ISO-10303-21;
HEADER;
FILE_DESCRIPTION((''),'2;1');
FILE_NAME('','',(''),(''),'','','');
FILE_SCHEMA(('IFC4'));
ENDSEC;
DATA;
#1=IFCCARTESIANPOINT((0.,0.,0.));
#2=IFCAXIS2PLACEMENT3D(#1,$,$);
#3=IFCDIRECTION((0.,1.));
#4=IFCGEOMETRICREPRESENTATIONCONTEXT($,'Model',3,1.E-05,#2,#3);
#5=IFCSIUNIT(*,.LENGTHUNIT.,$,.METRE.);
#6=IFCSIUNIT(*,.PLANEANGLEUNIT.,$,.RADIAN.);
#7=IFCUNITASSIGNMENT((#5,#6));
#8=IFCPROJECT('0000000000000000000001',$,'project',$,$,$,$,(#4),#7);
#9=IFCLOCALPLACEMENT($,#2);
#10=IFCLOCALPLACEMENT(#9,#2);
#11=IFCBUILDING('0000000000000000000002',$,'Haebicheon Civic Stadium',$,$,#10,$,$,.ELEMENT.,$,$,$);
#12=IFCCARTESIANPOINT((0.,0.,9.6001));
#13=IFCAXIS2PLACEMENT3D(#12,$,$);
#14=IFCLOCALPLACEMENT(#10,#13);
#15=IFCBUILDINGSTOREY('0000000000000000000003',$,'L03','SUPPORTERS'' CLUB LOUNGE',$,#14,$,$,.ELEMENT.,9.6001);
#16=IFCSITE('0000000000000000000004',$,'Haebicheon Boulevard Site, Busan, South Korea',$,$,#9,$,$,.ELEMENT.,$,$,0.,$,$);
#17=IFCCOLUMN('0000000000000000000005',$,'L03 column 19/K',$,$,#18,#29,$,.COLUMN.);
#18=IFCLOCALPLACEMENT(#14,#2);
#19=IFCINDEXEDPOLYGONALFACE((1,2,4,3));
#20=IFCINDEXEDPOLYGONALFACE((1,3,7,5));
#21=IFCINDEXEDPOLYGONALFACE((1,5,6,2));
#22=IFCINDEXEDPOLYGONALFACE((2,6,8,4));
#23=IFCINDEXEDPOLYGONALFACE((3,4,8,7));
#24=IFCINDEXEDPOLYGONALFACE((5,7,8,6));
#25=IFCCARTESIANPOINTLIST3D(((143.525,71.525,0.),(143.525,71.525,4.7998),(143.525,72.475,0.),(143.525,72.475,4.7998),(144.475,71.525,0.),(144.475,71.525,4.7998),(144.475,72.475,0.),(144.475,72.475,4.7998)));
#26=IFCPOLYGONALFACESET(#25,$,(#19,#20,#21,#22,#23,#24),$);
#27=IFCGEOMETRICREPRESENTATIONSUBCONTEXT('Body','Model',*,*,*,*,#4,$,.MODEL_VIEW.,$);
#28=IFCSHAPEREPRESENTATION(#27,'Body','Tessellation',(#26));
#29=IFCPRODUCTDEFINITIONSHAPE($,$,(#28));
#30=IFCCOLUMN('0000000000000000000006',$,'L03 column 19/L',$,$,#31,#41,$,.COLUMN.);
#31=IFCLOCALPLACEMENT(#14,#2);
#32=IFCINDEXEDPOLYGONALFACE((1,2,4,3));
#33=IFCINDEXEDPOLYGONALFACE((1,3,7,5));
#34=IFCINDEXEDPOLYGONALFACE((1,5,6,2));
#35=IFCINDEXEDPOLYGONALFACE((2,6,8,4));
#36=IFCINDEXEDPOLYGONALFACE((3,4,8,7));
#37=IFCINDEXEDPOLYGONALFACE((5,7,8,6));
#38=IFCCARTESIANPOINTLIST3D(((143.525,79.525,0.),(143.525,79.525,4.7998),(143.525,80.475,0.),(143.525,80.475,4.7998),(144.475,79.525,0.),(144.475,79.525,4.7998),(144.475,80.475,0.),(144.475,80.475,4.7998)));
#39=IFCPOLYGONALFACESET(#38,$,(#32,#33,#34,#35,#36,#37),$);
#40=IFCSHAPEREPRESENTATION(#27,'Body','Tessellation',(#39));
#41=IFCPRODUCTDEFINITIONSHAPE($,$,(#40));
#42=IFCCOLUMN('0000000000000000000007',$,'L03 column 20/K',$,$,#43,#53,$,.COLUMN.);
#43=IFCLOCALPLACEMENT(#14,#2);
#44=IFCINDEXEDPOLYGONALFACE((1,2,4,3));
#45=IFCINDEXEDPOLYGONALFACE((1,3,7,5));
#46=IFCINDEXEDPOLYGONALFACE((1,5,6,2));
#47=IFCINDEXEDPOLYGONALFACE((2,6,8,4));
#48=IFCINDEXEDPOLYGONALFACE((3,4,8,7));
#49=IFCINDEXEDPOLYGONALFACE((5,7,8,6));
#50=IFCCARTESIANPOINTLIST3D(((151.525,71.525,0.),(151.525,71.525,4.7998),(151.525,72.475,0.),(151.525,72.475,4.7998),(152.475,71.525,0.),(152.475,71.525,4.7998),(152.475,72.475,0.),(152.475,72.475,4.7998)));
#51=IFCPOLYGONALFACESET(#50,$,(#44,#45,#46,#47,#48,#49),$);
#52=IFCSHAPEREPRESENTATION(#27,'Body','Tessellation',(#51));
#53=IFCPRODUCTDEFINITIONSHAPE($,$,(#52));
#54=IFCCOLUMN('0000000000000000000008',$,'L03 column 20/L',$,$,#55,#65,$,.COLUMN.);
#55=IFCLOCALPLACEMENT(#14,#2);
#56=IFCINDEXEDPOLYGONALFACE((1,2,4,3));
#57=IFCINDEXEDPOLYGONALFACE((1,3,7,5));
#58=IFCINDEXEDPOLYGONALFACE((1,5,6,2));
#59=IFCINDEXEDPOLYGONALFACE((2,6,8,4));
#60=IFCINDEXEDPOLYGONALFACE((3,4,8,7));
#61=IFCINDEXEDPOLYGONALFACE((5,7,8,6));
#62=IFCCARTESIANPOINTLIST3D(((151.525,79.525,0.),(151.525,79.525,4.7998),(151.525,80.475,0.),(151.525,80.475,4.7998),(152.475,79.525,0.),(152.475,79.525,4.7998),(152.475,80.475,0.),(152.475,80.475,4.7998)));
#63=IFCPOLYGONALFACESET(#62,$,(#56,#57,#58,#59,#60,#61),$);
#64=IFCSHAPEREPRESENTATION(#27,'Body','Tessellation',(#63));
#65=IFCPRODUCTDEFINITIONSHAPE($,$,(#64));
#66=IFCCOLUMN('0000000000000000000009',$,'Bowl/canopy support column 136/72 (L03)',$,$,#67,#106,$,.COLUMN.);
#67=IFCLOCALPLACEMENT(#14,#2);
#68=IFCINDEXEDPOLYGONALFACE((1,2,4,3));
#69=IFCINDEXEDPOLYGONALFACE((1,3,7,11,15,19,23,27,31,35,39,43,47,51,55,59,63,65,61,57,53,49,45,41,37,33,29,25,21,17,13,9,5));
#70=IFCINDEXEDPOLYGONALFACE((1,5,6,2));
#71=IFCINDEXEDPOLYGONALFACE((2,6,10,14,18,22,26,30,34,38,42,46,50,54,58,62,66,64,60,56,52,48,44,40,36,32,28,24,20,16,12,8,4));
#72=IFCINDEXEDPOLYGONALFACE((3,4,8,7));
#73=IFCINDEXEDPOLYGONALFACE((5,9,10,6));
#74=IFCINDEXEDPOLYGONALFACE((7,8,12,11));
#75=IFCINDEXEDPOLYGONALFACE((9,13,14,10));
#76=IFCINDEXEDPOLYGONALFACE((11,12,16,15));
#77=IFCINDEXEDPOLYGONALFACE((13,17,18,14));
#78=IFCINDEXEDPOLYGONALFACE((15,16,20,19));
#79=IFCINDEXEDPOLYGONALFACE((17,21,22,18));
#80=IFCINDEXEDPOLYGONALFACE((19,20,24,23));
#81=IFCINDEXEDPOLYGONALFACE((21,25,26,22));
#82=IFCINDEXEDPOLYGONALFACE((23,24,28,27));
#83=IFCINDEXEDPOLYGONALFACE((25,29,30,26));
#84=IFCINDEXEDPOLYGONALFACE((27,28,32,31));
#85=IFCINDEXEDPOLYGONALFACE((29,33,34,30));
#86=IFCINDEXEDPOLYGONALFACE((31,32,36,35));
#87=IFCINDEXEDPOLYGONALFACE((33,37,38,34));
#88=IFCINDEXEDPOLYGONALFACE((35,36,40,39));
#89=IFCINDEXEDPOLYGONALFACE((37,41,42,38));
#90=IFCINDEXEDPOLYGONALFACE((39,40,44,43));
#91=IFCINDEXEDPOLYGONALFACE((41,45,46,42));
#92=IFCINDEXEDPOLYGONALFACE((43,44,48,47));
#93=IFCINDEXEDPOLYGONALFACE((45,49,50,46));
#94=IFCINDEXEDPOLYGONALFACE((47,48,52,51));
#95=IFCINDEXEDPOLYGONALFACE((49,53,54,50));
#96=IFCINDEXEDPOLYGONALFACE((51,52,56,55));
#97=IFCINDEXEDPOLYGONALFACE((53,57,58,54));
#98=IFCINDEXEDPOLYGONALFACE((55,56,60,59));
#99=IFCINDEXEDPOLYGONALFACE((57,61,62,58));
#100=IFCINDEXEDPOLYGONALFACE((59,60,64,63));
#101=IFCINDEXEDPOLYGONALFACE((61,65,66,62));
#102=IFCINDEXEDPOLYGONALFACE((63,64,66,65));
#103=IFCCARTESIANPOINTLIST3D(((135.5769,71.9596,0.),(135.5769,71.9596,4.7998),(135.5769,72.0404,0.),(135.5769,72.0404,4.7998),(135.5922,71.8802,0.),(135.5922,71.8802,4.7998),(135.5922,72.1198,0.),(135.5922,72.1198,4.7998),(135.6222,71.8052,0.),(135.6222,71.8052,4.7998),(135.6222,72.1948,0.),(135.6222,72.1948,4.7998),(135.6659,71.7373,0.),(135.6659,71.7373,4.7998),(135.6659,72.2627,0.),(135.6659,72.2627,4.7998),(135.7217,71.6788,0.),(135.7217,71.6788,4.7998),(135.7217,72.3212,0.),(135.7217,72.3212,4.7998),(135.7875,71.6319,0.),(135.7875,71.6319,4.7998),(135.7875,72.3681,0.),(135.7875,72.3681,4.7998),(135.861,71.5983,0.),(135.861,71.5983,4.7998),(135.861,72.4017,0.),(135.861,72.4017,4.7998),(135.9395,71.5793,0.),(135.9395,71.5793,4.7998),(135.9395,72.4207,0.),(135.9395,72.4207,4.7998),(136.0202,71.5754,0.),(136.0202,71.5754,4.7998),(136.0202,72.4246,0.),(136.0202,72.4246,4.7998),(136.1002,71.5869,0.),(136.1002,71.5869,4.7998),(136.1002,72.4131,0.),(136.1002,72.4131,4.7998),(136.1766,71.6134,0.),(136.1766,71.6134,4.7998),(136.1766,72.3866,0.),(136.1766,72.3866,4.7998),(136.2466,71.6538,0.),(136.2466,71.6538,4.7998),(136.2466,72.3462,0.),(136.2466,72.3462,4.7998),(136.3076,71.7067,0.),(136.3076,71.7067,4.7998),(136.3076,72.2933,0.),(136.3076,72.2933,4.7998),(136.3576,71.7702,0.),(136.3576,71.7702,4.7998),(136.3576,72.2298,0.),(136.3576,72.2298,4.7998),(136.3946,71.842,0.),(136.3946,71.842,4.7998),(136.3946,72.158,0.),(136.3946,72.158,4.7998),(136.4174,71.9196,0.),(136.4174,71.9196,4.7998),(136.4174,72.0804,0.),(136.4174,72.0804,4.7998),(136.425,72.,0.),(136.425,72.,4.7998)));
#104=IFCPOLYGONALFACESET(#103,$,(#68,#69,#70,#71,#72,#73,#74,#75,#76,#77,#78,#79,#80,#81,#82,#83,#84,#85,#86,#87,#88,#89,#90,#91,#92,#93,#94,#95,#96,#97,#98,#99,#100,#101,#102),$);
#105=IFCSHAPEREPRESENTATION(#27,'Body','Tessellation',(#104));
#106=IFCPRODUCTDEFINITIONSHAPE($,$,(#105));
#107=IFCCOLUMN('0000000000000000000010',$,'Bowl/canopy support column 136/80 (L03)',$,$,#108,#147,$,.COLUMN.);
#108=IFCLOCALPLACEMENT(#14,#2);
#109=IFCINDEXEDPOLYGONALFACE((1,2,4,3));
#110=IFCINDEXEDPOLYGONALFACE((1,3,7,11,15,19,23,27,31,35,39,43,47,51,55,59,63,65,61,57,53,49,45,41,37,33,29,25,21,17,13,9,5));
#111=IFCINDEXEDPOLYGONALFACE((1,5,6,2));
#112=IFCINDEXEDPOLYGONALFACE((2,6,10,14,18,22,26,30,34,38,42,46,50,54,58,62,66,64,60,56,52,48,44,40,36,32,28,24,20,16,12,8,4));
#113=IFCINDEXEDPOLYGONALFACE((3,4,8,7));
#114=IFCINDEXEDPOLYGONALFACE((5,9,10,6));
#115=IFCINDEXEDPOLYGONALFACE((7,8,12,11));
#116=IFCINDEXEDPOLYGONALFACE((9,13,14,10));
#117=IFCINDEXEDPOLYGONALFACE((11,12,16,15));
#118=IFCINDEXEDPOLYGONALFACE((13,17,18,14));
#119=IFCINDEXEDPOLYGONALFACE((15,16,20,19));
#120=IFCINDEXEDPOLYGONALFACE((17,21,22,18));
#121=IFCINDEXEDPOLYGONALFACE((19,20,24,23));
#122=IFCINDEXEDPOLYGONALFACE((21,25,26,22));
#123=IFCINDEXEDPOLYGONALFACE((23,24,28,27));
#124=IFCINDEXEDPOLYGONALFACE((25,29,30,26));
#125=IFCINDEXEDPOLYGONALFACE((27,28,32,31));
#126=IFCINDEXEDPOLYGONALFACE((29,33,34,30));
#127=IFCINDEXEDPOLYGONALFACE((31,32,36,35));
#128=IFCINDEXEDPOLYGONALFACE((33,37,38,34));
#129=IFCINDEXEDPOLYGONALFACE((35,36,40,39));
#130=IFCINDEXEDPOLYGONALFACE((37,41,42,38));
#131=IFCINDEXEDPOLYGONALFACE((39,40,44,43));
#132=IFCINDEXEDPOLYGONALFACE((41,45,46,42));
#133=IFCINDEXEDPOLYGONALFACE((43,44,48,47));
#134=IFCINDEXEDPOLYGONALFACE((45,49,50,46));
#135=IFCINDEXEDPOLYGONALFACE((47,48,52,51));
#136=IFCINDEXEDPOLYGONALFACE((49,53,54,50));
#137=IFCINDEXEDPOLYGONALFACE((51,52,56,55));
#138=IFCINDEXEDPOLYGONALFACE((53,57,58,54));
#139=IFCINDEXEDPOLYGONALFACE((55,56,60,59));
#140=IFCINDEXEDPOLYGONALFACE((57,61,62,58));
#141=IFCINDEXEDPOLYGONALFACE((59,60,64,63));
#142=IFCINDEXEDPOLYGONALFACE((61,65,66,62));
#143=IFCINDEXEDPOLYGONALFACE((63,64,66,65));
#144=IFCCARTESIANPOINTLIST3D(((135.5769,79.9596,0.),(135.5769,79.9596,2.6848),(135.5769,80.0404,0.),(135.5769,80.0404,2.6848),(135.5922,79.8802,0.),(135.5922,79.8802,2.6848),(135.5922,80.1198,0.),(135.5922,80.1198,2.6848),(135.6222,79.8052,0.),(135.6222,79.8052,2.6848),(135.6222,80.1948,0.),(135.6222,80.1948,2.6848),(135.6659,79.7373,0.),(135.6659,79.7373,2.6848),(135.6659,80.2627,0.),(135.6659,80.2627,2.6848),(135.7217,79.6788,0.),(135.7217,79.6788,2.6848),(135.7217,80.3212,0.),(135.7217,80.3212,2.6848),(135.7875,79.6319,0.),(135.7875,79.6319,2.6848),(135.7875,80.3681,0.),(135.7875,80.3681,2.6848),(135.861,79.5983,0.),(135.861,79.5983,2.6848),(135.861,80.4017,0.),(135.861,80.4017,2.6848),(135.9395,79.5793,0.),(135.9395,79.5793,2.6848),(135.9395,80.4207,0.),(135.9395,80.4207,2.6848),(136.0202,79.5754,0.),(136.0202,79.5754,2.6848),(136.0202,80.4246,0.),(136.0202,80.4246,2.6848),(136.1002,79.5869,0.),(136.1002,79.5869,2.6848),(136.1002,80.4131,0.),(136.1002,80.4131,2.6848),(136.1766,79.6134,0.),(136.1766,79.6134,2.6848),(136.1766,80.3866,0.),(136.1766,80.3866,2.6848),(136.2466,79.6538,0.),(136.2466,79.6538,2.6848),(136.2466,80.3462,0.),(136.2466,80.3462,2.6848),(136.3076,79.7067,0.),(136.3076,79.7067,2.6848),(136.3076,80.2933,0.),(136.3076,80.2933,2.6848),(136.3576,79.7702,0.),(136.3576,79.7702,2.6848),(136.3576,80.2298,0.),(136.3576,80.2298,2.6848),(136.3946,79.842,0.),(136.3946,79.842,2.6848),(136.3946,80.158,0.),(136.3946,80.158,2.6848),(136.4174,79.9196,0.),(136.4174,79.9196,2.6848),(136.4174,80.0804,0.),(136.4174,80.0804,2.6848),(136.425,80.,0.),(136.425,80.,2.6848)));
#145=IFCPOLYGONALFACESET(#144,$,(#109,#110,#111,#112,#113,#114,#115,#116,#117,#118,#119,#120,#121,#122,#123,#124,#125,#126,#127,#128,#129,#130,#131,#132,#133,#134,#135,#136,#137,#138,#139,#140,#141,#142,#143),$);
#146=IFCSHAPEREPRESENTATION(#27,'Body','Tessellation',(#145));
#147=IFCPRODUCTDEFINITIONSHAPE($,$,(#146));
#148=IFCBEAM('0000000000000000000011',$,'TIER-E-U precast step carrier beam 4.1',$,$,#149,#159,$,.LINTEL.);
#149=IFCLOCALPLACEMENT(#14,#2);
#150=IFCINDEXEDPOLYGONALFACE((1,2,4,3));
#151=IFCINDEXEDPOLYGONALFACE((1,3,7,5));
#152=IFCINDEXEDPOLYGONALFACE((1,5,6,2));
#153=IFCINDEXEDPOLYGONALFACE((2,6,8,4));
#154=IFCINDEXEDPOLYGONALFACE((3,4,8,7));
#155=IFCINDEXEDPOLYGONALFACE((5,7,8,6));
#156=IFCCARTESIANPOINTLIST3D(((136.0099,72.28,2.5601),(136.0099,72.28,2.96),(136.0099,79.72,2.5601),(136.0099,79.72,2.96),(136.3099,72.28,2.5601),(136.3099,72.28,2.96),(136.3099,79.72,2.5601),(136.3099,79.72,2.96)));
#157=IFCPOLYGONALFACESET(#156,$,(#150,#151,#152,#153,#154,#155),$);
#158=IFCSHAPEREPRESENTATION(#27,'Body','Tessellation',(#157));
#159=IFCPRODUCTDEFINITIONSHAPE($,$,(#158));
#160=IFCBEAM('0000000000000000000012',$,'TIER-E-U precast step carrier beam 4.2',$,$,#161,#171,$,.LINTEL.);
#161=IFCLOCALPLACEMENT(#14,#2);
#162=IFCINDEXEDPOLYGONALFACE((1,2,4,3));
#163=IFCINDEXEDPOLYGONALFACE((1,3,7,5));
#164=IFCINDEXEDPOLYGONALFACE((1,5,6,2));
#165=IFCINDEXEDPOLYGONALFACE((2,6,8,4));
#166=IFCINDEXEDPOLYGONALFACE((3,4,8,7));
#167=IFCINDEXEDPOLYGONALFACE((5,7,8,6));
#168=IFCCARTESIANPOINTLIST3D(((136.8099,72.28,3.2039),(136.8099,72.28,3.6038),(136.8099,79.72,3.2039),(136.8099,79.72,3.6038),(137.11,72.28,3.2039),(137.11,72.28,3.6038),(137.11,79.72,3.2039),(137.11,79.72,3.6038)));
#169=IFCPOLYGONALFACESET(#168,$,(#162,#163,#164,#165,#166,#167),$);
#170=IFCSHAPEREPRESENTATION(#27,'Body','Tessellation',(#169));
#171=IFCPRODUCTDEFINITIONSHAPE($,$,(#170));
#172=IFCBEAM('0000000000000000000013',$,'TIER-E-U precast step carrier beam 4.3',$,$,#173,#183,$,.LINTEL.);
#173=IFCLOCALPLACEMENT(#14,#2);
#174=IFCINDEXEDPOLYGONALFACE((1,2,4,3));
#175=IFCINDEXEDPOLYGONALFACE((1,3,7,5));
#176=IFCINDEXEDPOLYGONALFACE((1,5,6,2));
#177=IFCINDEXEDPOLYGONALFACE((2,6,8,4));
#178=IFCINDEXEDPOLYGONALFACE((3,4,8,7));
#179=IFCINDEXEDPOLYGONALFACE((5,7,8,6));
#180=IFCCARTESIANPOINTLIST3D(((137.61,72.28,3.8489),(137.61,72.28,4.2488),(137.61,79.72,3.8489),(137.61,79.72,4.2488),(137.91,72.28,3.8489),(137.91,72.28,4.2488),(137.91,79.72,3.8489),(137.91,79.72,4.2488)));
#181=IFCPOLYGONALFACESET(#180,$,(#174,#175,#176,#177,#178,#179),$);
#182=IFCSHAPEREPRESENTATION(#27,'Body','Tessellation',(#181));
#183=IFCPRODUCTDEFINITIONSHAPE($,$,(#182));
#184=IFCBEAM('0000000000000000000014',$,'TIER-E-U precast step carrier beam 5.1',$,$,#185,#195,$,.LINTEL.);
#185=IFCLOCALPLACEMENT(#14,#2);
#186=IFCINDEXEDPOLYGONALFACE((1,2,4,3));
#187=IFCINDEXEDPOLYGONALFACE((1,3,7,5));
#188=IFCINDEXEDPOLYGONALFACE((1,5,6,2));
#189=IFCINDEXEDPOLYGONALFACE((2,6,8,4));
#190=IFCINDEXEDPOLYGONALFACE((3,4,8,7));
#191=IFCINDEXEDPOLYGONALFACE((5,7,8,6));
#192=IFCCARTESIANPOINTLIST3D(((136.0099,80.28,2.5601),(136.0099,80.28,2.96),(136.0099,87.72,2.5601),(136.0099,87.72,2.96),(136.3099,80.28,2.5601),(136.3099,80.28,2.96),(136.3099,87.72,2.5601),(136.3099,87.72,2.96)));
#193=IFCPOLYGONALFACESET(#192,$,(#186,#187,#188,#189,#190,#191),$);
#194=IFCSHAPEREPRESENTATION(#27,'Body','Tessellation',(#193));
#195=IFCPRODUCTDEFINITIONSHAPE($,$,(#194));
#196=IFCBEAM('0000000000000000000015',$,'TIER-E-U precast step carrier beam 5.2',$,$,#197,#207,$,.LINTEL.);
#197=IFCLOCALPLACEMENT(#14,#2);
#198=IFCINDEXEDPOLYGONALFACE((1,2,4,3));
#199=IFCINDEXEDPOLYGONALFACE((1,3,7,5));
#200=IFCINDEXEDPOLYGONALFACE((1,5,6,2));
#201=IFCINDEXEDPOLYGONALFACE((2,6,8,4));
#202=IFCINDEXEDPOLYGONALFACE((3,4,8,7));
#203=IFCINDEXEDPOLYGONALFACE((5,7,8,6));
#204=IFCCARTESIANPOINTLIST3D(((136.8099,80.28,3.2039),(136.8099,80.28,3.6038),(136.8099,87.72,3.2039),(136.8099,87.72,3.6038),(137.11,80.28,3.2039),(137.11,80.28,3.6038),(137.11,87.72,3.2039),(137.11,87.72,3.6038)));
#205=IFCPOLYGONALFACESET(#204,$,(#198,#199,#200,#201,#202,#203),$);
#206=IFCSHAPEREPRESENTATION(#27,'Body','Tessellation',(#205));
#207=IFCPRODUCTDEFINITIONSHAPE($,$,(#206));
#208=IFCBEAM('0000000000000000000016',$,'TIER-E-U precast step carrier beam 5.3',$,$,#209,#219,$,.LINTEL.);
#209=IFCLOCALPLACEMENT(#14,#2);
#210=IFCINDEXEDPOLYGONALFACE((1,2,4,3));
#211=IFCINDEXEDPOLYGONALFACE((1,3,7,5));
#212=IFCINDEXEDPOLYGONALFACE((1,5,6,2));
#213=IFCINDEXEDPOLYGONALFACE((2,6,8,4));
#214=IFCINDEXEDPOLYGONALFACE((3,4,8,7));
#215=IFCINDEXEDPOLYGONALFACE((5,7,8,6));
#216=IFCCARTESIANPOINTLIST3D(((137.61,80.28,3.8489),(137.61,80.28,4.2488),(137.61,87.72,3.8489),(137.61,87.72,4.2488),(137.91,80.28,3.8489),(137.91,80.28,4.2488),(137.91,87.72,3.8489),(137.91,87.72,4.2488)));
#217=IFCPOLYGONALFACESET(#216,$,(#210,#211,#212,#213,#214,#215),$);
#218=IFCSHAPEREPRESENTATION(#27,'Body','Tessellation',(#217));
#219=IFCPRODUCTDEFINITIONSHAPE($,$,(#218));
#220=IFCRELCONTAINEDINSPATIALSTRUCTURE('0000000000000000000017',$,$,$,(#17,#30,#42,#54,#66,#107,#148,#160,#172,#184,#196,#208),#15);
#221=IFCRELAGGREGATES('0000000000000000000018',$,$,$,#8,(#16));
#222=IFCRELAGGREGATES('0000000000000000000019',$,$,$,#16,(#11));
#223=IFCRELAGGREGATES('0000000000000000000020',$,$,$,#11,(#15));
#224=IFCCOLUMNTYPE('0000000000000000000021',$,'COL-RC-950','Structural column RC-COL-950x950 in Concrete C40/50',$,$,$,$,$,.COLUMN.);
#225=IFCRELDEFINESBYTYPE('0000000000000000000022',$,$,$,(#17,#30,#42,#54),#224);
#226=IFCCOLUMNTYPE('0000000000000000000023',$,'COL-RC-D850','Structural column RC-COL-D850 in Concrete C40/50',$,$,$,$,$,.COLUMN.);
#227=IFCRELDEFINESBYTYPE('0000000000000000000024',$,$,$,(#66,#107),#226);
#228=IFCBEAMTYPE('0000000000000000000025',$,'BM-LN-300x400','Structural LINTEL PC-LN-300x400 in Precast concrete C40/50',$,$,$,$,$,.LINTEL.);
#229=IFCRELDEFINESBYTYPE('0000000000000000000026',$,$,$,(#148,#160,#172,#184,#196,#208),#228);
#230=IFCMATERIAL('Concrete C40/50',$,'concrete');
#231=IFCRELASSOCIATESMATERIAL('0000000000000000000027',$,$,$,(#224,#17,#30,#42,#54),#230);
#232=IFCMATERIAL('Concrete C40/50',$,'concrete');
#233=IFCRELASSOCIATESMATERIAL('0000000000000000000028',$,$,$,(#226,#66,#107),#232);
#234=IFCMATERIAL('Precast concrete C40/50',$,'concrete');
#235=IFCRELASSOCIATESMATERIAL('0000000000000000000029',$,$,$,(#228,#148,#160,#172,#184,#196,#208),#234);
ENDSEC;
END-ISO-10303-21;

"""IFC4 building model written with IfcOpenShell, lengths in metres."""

from ifc_helpers import new_model, si_unit, direction, frame, origin, origin_2d, place, context, subcontext, project, spatial, rectangle, circle, extrude, material, material_profile, profile_set, type_object, element, save


model = new_model("IFC4")

# Units and contexts
model_context = context("Model", 3, precision=1e-05, world=origin(), true_north=direction((0.0, 1.0)))
body_context = subcontext(model_context, "Body", "Model", "MODEL_VIEW")
ifc_project = project(units=[si_unit("LENGTHUNIT", "METRE"), si_unit("PLANEANGLEUNIT", "RADIAN")], contexts=[model_context])

# Site, building, storey
site_placement = place(None, origin())
site = spatial("IfcSite", under=ifc_project, at=site_placement, Name="Haebicheon Boulevard Site, Busan, South Korea", CompositionType="ELEMENT", RefElevation=0.0)
building_placement = place(site_placement, origin())
building = spatial("IfcBuilding", under=site, at=building_placement, Name="Haebicheon Civic Stadium", CompositionType="ELEMENT")
storey_placement = place(building_placement, frame((0.0, 0.0, 9.6001)))
storey = spatial("IfcBuildingStorey", under=building, at=storey_placement, Name="L03", Description="SUPPORTERS' CLUB LOUNGE", CompositionType="ELEMENT", Elevation=9.6001)

# Columns
ifc_material_1 = material(Name="Concrete C40/50", Category="concrete")
ifc_material_profile_1 = material_profile(ifc_material_1, rectangle(XDim=0.95, YDim=0.95, at=origin_2d()), Name="RC-COL-950x950")
ifc_profile_set_1 = profile_set([ifc_material_profile_1], Name="Concrete C40/50")
column_type_1 = type_object("IfcColumnType", Name="COL-RC-950", Description="Structural column RC-COL-950x950 in Concrete C40/50", PredefinedType="COLUMN", material=ifc_profile_set_1)
for number, where, z_axis, x_axis, name in (
    (1, (144.0, 72.0, 0.0), (0.0, 0.0, 1.0), (1.0, 0.0, 0.0), "L03 column 19/K"),
    (2, (144.0, 80.0, 0.0), (0.0, 0.0, 1.0), (1.0, 0.0, 0.0), "L03 column 19/L"),
    (3, (152.0, 72.0, 0.0), (0.0, 0.0, 1.0), (1.0, 0.0, 0.0), "L03 column 20/K"),
    (4, (152.0, 80.0, 0.0), (0.0, 0.0, 1.0), (1.0, 0.0, 0.0), "L03 column 20/L"),
):
    element("IfcColumn", number, at=place(storey_placement, frame(where, z_axis=z_axis, x_axis=x_axis)), inside=storey, type_object=column_type_1, material=ifc_profile_set_1, Name=name, PredefinedType="COLUMN", context=body_context, shape_type="SweptSolid", body=[
        extrude(rectangle(XDim=0.95, YDim=0.95, at=origin_2d()), origin(), (0.0, 0.0, 1.0), 4.7998),
    ])
ifc_material_2 = material(Name="Concrete C40/50", Category="concrete")
ifc_material_profile_2 = material_profile(ifc_material_2, circle(Radius=0.425, at=origin_2d()), Name="RC-COL-D850")
ifc_profile_set_2 = profile_set([ifc_material_profile_2], Name="Concrete C40/50")
column_type_2 = type_object("IfcColumnType", Name="COL-RC-D850", Description="Structural column RC-COL-D850 in Concrete C40/50", PredefinedType="COLUMN", material=ifc_profile_set_2)
column_1_placement = place(storey_placement, frame((136.0, 72.0, 0.0), z_axis=(0.0, 0.0, 1.0), x_axis=(1.0, 0.0, 0.0)))
element("IfcColumn", 5, at=column_1_placement, inside=storey, type_object=column_type_2, material=ifc_profile_set_2, Name="Bowl/canopy support column 136/72 (L03)", PredefinedType="COLUMN", context=body_context, shape_type="SweptSolid", body=[
    extrude(circle(Radius=0.425, at=origin_2d()), origin(), (0.0, 0.0, 1.0), 4.7998),
])
column_2_placement = place(storey_placement, frame((136.0, 80.0, 0.0), z_axis=(0.0, 0.0, 1.0), x_axis=(1.0, 0.0, 0.0)))
element("IfcColumn", 6, at=column_2_placement, inside=storey, type_object=column_type_2, material=ifc_profile_set_2, Name="Bowl/canopy support column 136/80 (L03)", PredefinedType="COLUMN", context=body_context, shape_type="SweptSolid", body=[
    extrude(circle(Radius=0.425, at=origin_2d()), origin(), (0.0, 0.0, 1.0), 2.6848),
])

# Beams
ifc_material_3 = material(Name="Precast concrete C40/50", Category="concrete")
ifc_material_profile_3 = material_profile(ifc_material_3, rectangle(XDim=0.3, YDim=0.3999, at=origin_2d()), Name="PC-LN-300x400")
ifc_profile_set_3 = profile_set([ifc_material_profile_3], Name="Precast concrete C40/50")
beam_type_1 = type_object("IfcBeamType", Name="BM-LN-300x400", Description="Structural LINTEL PC-LN-300x400 in Precast concrete C40/50", PredefinedType="LINTEL", material=ifc_profile_set_3)
for number, where, z_axis, x_axis, name in (
    (7, (136.1599, 72.28, 2.76), (0.0, 1.0, 0.0), (-1.0, 0.0, 0.0), "TIER-E-U precast step carrier beam 4.1"),
    (8, (136.96, 72.28, 3.4038), (0.0, 1.0, 0.0), (-1.0, 0.0, 0.0), "TIER-E-U precast step carrier beam 4.2"),
    (9, (137.76, 72.28, 4.0488), (0.0, 1.0, 0.0), (-1.0, 0.0, 0.0), "TIER-E-U precast step carrier beam 4.3"),
    (10, (136.1599, 80.28, 2.76), (0.0, 1.0, 0.0), (-1.0, 0.0, 0.0), "TIER-E-U precast step carrier beam 5.1"),
    (11, (136.96, 80.28, 3.4038), (0.0, 1.0, 0.0), (-1.0, 0.0, 0.0), "TIER-E-U precast step carrier beam 5.2"),
    (12, (137.76, 80.28, 4.0488), (0.0, 1.0, 0.0), (-1.0, 0.0, 0.0), "TIER-E-U precast step carrier beam 5.3"),
):
    element("IfcBeam", number, at=place(storey_placement, frame(where, z_axis=z_axis, x_axis=x_axis)), inside=storey, type_object=beam_type_1, material=ifc_profile_set_3, Name=name, PredefinedType="LINTEL", context=body_context, shape_type="SweptSolid", body=[
        extrude(rectangle(XDim=0.3, YDim=0.3999, at=origin_2d()), origin(), (0.0, 0.0, 1.0), 7.4399),
    ])

save(model, "model.ifc")
